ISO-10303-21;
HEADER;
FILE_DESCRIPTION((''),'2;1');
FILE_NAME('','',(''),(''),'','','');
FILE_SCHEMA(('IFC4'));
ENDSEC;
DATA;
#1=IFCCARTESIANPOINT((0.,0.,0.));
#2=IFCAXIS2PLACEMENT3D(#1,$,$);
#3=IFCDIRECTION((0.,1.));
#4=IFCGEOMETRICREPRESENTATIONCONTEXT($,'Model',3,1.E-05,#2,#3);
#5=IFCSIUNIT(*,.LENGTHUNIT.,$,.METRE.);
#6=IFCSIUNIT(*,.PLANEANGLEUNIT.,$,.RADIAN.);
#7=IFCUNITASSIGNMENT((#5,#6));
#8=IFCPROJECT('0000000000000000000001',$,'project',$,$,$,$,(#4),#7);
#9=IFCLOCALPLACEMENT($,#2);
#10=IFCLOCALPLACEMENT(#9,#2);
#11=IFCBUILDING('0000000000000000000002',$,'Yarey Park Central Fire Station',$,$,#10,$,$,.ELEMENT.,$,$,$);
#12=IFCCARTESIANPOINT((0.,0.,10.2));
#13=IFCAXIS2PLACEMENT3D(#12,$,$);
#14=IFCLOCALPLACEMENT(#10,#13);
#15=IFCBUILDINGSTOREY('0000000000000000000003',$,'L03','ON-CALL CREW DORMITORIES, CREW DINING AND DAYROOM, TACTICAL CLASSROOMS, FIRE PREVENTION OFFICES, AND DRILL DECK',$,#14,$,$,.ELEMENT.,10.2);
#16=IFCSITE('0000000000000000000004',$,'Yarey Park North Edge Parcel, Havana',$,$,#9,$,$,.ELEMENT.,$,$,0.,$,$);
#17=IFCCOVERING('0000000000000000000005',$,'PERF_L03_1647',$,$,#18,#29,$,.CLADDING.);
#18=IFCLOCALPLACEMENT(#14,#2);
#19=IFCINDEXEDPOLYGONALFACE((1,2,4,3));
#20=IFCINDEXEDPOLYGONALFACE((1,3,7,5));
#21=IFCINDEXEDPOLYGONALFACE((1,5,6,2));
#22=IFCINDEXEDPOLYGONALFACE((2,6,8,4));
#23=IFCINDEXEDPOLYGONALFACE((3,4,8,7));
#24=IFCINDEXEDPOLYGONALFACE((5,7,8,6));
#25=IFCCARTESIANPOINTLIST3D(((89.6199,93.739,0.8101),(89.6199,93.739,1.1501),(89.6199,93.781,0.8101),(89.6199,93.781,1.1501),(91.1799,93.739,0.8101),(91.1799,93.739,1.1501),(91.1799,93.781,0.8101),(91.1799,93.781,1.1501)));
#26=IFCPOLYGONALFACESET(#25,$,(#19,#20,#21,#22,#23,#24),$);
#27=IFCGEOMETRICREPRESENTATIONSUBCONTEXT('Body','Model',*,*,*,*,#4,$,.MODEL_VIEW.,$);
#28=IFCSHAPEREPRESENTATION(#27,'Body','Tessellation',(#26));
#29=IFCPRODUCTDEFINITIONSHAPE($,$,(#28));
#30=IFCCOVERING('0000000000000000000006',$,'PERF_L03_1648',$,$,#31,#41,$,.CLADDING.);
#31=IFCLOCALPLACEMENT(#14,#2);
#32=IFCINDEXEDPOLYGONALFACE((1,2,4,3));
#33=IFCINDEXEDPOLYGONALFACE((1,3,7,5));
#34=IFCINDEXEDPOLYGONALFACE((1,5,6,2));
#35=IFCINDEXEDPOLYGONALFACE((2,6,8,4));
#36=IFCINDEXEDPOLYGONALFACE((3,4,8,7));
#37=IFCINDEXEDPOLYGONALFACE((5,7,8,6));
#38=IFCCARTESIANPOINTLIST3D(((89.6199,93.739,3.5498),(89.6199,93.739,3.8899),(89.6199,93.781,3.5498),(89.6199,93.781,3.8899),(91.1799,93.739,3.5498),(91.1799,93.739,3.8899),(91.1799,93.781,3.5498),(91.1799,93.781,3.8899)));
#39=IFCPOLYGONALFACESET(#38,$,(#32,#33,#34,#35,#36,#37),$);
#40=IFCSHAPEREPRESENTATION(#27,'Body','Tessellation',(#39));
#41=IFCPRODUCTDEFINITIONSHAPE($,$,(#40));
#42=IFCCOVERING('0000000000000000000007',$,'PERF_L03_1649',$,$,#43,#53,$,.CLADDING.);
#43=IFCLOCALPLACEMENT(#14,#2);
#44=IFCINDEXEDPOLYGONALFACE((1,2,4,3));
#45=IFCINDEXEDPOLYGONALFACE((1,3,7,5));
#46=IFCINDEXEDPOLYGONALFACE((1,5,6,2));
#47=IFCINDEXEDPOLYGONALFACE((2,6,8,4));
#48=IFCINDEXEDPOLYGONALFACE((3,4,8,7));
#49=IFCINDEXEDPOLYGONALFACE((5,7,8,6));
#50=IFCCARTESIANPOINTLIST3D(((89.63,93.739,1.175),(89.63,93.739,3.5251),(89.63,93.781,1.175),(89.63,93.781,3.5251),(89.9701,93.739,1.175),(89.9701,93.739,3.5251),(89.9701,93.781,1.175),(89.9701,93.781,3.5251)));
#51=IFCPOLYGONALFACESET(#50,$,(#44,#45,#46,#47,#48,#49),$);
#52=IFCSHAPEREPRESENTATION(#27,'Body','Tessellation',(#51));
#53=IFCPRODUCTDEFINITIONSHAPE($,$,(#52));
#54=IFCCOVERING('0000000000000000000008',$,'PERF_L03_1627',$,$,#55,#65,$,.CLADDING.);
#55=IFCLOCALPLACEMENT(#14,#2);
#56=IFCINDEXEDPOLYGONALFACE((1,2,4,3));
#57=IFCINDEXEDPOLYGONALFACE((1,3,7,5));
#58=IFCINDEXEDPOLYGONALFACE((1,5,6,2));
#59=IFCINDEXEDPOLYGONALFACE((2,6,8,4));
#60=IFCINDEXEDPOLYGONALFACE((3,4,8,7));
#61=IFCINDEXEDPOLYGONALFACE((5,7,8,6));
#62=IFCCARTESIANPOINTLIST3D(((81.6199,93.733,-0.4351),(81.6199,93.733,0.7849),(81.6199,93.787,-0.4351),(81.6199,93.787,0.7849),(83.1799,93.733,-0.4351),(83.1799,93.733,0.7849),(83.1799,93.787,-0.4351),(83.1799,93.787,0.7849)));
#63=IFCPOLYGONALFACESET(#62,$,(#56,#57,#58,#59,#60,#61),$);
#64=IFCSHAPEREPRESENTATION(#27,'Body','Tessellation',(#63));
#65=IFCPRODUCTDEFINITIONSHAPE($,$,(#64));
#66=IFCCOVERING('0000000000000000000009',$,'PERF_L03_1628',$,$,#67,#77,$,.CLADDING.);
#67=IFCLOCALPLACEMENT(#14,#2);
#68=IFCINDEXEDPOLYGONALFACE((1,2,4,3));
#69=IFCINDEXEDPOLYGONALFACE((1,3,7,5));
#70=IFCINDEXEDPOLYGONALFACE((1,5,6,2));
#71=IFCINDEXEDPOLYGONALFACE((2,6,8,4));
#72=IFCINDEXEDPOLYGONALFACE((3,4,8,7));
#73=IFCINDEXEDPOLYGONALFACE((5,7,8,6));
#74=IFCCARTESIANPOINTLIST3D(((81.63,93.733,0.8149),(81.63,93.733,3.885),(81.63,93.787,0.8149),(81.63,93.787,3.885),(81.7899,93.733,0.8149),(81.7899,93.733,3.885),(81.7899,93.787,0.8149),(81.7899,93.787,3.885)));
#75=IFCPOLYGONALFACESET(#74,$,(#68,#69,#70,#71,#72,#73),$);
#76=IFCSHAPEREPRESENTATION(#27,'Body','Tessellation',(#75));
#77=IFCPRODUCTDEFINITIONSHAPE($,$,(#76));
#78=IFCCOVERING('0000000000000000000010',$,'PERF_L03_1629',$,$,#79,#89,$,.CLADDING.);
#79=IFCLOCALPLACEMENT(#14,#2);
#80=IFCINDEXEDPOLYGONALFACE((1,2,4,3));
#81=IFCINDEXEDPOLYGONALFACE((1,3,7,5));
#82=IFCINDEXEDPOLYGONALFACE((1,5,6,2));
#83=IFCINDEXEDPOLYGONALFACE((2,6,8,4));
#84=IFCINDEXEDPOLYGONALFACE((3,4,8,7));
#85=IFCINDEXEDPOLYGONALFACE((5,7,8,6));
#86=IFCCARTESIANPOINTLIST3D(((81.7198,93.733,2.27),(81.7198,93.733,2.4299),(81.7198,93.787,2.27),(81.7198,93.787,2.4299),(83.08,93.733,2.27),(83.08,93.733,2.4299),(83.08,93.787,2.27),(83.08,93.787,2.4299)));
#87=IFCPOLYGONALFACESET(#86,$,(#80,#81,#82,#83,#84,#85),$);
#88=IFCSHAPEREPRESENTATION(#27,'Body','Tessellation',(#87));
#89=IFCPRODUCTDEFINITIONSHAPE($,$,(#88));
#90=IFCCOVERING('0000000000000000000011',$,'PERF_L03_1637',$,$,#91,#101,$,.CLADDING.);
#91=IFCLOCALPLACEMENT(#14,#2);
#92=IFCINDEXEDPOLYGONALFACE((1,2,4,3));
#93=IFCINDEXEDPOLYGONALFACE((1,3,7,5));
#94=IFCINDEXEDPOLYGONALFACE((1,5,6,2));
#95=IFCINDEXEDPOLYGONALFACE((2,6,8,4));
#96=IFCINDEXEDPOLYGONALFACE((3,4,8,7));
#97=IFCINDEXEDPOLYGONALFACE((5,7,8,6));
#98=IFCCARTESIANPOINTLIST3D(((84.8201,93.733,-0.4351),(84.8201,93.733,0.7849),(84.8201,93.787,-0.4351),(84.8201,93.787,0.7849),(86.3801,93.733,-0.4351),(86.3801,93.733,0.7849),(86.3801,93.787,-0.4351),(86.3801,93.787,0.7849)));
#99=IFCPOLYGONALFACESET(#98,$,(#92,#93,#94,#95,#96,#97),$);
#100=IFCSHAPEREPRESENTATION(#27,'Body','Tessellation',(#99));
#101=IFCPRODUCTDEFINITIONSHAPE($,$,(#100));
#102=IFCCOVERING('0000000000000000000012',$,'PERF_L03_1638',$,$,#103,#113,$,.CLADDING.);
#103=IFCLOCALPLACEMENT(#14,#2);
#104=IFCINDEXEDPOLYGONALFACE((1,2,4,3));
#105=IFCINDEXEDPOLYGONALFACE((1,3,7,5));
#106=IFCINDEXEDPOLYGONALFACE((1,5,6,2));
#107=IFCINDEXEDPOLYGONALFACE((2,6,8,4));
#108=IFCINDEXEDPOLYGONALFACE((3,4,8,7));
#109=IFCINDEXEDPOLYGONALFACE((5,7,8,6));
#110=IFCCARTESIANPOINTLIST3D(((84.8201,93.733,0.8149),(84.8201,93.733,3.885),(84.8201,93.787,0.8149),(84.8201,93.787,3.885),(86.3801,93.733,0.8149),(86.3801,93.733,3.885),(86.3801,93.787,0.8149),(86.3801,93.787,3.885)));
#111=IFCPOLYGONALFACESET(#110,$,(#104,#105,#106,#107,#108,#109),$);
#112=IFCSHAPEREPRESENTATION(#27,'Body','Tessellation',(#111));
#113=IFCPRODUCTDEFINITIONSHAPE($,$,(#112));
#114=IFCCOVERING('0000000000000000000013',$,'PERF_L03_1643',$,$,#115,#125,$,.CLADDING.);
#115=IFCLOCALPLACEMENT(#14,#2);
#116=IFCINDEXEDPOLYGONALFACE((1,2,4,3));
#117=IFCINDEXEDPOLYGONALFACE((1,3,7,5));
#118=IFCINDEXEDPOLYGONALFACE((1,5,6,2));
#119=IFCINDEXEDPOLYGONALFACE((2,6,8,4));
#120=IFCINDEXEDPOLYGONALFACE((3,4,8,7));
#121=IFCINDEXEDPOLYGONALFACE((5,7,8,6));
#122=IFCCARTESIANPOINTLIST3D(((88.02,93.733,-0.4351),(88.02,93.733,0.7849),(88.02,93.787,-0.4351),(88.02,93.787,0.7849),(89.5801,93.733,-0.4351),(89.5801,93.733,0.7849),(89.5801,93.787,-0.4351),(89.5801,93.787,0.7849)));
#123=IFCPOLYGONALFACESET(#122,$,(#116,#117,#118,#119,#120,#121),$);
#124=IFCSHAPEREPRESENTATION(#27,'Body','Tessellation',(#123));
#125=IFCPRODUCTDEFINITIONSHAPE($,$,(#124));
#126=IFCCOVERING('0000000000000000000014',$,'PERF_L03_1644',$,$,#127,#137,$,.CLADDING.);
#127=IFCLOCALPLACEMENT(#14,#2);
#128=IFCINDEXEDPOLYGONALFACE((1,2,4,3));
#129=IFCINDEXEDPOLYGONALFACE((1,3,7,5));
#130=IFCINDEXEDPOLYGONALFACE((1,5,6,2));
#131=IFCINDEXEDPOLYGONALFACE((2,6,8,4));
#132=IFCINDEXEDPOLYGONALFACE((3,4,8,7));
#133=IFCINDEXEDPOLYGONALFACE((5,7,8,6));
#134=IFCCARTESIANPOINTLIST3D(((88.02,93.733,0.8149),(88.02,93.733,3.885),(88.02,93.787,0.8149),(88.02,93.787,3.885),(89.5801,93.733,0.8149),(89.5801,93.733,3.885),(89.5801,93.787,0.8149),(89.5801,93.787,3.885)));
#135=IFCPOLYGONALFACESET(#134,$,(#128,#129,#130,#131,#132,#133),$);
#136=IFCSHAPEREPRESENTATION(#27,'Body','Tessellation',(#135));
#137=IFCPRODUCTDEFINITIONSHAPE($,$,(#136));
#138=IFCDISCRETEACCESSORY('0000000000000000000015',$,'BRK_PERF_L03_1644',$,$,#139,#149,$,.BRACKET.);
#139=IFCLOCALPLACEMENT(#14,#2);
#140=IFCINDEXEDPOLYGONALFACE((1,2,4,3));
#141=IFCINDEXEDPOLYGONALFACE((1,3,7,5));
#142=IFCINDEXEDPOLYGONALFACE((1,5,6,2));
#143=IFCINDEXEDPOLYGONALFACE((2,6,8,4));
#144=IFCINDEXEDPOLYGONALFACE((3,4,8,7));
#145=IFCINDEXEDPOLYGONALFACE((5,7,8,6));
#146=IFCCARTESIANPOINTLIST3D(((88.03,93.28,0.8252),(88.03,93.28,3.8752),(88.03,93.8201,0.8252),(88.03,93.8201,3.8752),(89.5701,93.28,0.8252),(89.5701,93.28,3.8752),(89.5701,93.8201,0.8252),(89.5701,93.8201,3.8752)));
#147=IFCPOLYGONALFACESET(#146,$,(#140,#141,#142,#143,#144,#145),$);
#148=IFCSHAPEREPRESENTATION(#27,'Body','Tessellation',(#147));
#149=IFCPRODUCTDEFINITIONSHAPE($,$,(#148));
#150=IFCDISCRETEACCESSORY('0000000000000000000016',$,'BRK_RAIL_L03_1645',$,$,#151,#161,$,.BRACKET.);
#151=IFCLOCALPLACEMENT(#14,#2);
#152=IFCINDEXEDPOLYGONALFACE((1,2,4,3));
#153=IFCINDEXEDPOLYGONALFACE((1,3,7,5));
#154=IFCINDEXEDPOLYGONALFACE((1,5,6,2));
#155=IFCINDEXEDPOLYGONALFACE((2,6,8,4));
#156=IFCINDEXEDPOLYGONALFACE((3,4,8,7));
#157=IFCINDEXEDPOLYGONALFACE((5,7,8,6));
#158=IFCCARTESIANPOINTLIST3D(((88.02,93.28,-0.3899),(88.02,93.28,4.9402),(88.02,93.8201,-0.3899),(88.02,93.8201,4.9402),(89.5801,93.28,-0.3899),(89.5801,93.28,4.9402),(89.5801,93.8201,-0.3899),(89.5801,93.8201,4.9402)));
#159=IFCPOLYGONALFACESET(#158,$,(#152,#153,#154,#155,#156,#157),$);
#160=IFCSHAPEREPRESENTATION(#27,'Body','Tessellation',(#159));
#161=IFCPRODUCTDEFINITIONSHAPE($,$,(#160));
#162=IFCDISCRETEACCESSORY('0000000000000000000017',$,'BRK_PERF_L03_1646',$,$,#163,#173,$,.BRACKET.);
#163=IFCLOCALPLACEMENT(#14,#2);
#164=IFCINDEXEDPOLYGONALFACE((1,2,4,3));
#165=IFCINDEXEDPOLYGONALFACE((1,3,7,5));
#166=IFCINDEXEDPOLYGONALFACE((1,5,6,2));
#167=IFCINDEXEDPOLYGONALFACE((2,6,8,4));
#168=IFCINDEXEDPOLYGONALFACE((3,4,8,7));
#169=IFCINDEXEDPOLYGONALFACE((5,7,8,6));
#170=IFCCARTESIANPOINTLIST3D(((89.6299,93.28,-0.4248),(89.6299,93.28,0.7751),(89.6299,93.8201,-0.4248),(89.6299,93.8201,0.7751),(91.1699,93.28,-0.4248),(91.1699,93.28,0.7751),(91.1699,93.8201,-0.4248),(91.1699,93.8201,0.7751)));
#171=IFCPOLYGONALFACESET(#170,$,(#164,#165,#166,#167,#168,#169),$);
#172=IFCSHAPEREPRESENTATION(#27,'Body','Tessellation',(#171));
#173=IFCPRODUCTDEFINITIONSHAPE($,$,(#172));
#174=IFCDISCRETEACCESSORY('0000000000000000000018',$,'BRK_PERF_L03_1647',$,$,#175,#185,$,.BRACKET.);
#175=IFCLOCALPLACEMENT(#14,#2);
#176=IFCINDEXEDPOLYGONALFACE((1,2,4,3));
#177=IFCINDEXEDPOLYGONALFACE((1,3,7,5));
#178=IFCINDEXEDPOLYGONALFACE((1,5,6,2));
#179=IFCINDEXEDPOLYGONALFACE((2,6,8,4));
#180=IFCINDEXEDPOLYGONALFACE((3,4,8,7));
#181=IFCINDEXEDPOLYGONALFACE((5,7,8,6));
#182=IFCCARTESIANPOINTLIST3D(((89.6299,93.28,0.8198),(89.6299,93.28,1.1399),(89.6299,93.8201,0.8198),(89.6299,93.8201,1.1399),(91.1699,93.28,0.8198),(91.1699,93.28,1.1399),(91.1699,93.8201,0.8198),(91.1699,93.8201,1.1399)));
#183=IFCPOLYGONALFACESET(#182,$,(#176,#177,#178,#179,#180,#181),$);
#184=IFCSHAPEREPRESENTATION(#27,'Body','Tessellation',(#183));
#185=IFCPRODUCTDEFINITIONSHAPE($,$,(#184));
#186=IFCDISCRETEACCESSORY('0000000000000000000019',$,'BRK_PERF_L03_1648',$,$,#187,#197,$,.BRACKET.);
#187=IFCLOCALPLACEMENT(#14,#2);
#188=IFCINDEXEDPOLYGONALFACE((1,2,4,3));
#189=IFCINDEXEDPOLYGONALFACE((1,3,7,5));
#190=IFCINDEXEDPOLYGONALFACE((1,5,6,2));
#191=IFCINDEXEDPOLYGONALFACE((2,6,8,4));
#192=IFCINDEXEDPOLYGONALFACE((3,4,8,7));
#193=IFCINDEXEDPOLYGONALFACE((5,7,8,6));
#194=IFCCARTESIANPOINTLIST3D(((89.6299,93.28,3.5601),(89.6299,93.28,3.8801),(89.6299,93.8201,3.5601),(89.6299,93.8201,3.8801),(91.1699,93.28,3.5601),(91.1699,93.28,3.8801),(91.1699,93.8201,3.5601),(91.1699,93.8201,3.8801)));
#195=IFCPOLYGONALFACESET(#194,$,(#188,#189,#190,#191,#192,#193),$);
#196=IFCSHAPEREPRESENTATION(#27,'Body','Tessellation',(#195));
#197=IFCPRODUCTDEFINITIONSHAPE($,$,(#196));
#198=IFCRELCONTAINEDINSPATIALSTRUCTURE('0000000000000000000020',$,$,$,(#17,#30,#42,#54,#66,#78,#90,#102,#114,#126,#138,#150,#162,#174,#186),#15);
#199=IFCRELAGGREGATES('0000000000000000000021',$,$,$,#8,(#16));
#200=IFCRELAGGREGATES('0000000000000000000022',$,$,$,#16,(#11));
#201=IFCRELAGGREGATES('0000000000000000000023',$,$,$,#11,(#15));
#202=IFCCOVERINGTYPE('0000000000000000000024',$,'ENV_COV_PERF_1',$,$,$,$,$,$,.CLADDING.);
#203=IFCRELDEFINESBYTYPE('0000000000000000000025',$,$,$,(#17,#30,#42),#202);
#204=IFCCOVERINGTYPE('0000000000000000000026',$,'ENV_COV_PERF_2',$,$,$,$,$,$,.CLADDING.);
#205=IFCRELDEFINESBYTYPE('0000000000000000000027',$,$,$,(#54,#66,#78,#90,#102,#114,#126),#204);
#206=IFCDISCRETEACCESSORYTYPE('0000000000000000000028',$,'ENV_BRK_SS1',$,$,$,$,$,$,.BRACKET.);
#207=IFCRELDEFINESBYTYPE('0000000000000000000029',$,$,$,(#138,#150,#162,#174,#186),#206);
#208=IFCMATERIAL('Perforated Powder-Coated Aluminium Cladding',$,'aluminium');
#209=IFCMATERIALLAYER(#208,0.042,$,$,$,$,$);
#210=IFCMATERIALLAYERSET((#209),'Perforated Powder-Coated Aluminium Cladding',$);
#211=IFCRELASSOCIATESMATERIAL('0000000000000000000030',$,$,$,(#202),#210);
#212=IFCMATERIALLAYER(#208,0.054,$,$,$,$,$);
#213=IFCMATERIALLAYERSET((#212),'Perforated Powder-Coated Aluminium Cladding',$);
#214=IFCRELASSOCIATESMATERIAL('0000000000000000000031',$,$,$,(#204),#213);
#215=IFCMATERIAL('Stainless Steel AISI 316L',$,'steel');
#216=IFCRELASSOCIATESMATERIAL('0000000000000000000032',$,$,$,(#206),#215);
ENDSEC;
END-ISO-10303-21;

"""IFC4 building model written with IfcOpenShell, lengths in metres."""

from ifc_helpers import new_model, si_unit, direction, frame, origin, origin_2d, place, context, subcontext, project, spatial, rectangle, extrude, material, layer, layer_set, type_object, element, save


model = new_model("IFC4")

# Units and contexts
model_context = context("Model", 3, precision=1e-05, world=origin(), true_north=direction((0.0, 1.0)))
body_context = subcontext(model_context, "Body", "Model", "MODEL_VIEW")
ifc_project = project(units=[si_unit("LENGTHUNIT", "METRE"), si_unit("PLANEANGLEUNIT", "RADIAN")], contexts=[model_context])

# Site, building, storey
site_placement = place(None, origin())
site = spatial("IfcSite", under=ifc_project, at=site_placement, Name="Yarey Park North Edge Parcel, Havana", CompositionType="ELEMENT", RefElevation=0.0)
building_placement = place(site_placement, origin())
building = spatial("IfcBuilding", under=site, at=building_placement, Name="Yarey Park Central Fire Station", CompositionType="ELEMENT")
storey_placement = place(building_placement, frame((0.0, 0.0, 10.2)))
storey = spatial("IfcBuildingStorey", under=building, at=storey_placement, Name="L03", Description="ON-CALL CREW DORMITORIES, CREW DINING AND DAYROOM, TACTICAL CLASSROOMS, FIRE PREVENTION OFFICES, AND DRILL DECK", CompositionType="ELEMENT", Elevation=10.2)

# Coverings
ifc_material_1 = material(Name="Perforated Powder-Coated Aluminium Cladding", Category="aluminium")
ifc_layer_1 = layer(ifc_material_1, 0.042)
ifc_layer_set_1 = layer_set([ifc_layer_1], Name="Perforated Powder-Coated Aluminium Cladding")
covering_type_1 = type_object("IfcCoveringType", Name="ENV_COV_PERF_1", PredefinedType="CLADDING", material=ifc_layer_set_1)
for number, where, z_axis, x_axis, name in (
    (1, (90.3999, 93.76, 0.8101), (0.0, 0.0, 1.0), (1.0, 0.0, 0.0), "PERF_L03_1647"),
    (2, (90.3999, 93.76, 3.5498), (0.0, 0.0, 1.0), (1.0, 0.0, 0.0), "PERF_L03_1648"),
):
    element("IfcCovering", number, at=place(storey_placement, frame(where, z_axis=z_axis, x_axis=x_axis)), inside=storey, type_object=covering_type_1, Name=name, PredefinedType="CLADDING", context=body_context, shape_type="SweptSolid", body=[
        extrude(rectangle(XDim=1.5601, YDim=0.042, at=origin_2d()), origin(), (0.0, 0.0, 1.0), 0.3401),
    ])
covering_1_placement = place(storey_placement, frame((89.8, 93.76, 1.175), z_axis=(0.0, 0.0, 1.0), x_axis=(1.0, 0.0, 0.0)))
element("IfcCovering", 3, at=covering_1_placement, inside=storey, type_object=covering_type_1, Name="PERF_L03_1649", PredefinedType="CLADDING", context=body_context, shape_type="SweptSolid", body=[
    extrude(rectangle(XDim=0.3401, YDim=0.042, at=origin_2d()), origin(), (0.0, 0.0, 1.0), 2.3501),
])
ifc_layer_2 = layer(ifc_material_1, 0.054)
ifc_layer_set_2 = layer_set([ifc_layer_2], Name="Perforated Powder-Coated Aluminium Cladding")
covering_type_2 = type_object("IfcCoveringType", Name="ENV_COV_PERF_2", PredefinedType="CLADDING", material=ifc_layer_set_2)
covering_2_placement = place(storey_placement, frame((82.3999, 93.76, -0.4351), z_axis=(0.0, 0.0, 1.0), x_axis=(1.0, 0.0, 0.0)))
element("IfcCovering", 4, at=covering_2_placement, inside=storey, type_object=covering_type_2, Name="PERF_L03_1627", PredefinedType="CLADDING", context=body_context, shape_type="SweptSolid", body=[
    extrude(rectangle(XDim=1.5601, YDim=0.054, at=origin_2d()), origin(), (0.0, 0.0, 1.0), 1.22),
])
covering_3_placement = place(storey_placement, frame((81.71, 93.76, 0.8149), z_axis=(0.0, 0.0, 1.0), x_axis=(1.0, 0.0, 0.0)))
element("IfcCovering", 5, at=covering_3_placement, inside=storey, type_object=covering_type_2, Name="PERF_L03_1628", PredefinedType="CLADDING", context=body_context, shape_type="SweptSolid", body=[
    extrude(rectangle(XDim=0.1599, YDim=0.054, at=origin_2d()), origin(), (0.0, 0.0, 1.0), 3.0701),
])
covering_4_placement = place(storey_placement, frame((82.3999, 93.76, 2.27), z_axis=(0.0, 0.0, 1.0), x_axis=(1.0, 0.0, 0.0)))
element("IfcCovering", 6, at=covering_4_placement, inside=storey, type_object=covering_type_2, Name="PERF_L03_1629", PredefinedType="CLADDING", context=body_context, shape_type="SweptSolid", body=[
    extrude(rectangle(XDim=1.3601, YDim=0.054, at=origin_2d()), origin(), (0.0, 0.0, 1.0), 0.1599),
])
covering_5_placement = place(storey_placement, frame((85.6001, 93.76, -0.4351), z_axis=(0.0, 0.0, 1.0), x_axis=(1.0, 0.0, 0.0)))
element("IfcCovering", 7, at=covering_5_placement, inside=storey, type_object=covering_type_2, Name="PERF_L03_1637", PredefinedType="CLADDING", context=body_context, shape_type="SweptSolid", body=[
    extrude(rectangle(XDim=1.5601, YDim=0.054, at=origin_2d()), origin(), (0.0, 0.0, 1.0), 1.22),
])
covering_6_placement = place(storey_placement, frame((85.6001, 93.76, 0.8149), z_axis=(0.0, 0.0, 1.0), x_axis=(1.0, 0.0, 0.0)))
element("IfcCovering", 8, at=covering_6_placement, inside=storey, type_object=covering_type_2, Name="PERF_L03_1638", PredefinedType="CLADDING", context=body_context, shape_type="SweptSolid", body=[
    extrude(rectangle(XDim=1.5601, YDim=0.054, at=origin_2d()), origin(), (0.0, 0.0, 1.0), 3.0701),
])
covering_7_placement = place(storey_placement, frame((88.8, 93.76, -0.4351), z_axis=(0.0, 0.0, 1.0), x_axis=(1.0, 0.0, 0.0)))
element("IfcCovering", 9, at=covering_7_placement, inside=storey, type_object=covering_type_2, Name="PERF_L03_1643", PredefinedType="CLADDING", context=body_context, shape_type="SweptSolid", body=[
    extrude(rectangle(XDim=1.5601, YDim=0.054, at=origin_2d()), origin(), (0.0, 0.0, 1.0), 1.22),
])
covering_8_placement = place(storey_placement, frame((88.8, 93.76, 0.8149), z_axis=(0.0, 0.0, 1.0), x_axis=(1.0, 0.0, 0.0)))
element("IfcCovering", 10, at=covering_8_placement, inside=storey, type_object=covering_type_2, Name="PERF_L03_1644", PredefinedType="CLADDING", context=body_context, shape_type="SweptSolid", body=[
    extrude(rectangle(XDim=1.5601, YDim=0.054, at=origin_2d()), origin(), (0.0, 0.0, 1.0), 3.0701),
])

# Discrete accessories
ifc_material_2 = material(Name="Stainless Steel AISI 316L", Category="steel")
discrete_accessory_type = type_object("IfcDiscreteAccessoryType", Name="ENV_BRK_SS1", PredefinedType="BRACKET", material=ifc_material_2)
discrete_accessory_1_placement = place(storey_placement, frame((88.8, 93.55, 0.8252), z_axis=(0.0, 0.0, 1.0), x_axis=(1.0, 0.0, 0.0)))
element("IfcDiscreteAccessory", 11, at=discrete_accessory_1_placement, inside=storey, type_object=discrete_accessory_type, Name="BRK_PERF_L03_1644", PredefinedType="BRACKET", context=body_context, shape_type="SweptSolid", body=[
    extrude(rectangle(XDim=1.54, YDim=0.54, at=origin_2d()), origin(), (0.0, 0.0, 1.0), 3.05),
])
discrete_accessory_2_placement = place(storey_placement, frame((88.8, 93.55, -0.3899), z_axis=(0.0, 0.0, 1.0), x_axis=(1.0, 0.0, 0.0)))
element("IfcDiscreteAccessory", 12, at=discrete_accessory_2_placement, inside=storey, type_object=discrete_accessory_type, Name="BRK_RAIL_L03_1645", PredefinedType="BRACKET", context=body_context, shape_type="SweptSolid", body=[
    extrude(rectangle(XDim=1.5601, YDim=0.54, at=origin_2d()), origin(), (0.0, 0.0, 1.0), 5.3301),
])
discrete_accessory_3_placement = place(storey_placement, frame((90.3999, 93.55, -0.4248), z_axis=(0.0, 0.0, 1.0), x_axis=(1.0, 0.0, 0.0)))
element("IfcDiscreteAccessory", 13, at=discrete_accessory_3_placement, inside=storey, type_object=discrete_accessory_type, Name="BRK_PERF_L03_1646", PredefinedType="BRACKET", context=body_context, shape_type="SweptSolid", body=[
    extrude(rectangle(XDim=1.54, YDim=0.54, at=origin_2d()), origin(), (0.0, 0.0, 1.0), 1.2),
])
for number, where, z_axis, x_axis, name in (
    (14, (90.3999, 93.55, 0.8198), (0.0, 0.0, 1.0), (1.0, 0.0, 0.0), "BRK_PERF_L03_1647"),
    (15, (90.3999, 93.55, 3.5601), (0.0, 0.0, 1.0), (1.0, 0.0, 0.0), "BRK_PERF_L03_1648"),
):
    element("IfcDiscreteAccessory", number, at=place(storey_placement, frame(where, z_axis=z_axis, x_axis=x_axis)), inside=storey, type_object=discrete_accessory_type, Name=name, PredefinedType="BRACKET", context=body_context, shape_type="SweptSolid", body=[
        extrude(rectangle(XDim=1.54, YDim=0.54, at=origin_2d()), origin(), (0.0, 0.0, 1.0), 0.3201),
    ])

save(model, "model.ifc")
